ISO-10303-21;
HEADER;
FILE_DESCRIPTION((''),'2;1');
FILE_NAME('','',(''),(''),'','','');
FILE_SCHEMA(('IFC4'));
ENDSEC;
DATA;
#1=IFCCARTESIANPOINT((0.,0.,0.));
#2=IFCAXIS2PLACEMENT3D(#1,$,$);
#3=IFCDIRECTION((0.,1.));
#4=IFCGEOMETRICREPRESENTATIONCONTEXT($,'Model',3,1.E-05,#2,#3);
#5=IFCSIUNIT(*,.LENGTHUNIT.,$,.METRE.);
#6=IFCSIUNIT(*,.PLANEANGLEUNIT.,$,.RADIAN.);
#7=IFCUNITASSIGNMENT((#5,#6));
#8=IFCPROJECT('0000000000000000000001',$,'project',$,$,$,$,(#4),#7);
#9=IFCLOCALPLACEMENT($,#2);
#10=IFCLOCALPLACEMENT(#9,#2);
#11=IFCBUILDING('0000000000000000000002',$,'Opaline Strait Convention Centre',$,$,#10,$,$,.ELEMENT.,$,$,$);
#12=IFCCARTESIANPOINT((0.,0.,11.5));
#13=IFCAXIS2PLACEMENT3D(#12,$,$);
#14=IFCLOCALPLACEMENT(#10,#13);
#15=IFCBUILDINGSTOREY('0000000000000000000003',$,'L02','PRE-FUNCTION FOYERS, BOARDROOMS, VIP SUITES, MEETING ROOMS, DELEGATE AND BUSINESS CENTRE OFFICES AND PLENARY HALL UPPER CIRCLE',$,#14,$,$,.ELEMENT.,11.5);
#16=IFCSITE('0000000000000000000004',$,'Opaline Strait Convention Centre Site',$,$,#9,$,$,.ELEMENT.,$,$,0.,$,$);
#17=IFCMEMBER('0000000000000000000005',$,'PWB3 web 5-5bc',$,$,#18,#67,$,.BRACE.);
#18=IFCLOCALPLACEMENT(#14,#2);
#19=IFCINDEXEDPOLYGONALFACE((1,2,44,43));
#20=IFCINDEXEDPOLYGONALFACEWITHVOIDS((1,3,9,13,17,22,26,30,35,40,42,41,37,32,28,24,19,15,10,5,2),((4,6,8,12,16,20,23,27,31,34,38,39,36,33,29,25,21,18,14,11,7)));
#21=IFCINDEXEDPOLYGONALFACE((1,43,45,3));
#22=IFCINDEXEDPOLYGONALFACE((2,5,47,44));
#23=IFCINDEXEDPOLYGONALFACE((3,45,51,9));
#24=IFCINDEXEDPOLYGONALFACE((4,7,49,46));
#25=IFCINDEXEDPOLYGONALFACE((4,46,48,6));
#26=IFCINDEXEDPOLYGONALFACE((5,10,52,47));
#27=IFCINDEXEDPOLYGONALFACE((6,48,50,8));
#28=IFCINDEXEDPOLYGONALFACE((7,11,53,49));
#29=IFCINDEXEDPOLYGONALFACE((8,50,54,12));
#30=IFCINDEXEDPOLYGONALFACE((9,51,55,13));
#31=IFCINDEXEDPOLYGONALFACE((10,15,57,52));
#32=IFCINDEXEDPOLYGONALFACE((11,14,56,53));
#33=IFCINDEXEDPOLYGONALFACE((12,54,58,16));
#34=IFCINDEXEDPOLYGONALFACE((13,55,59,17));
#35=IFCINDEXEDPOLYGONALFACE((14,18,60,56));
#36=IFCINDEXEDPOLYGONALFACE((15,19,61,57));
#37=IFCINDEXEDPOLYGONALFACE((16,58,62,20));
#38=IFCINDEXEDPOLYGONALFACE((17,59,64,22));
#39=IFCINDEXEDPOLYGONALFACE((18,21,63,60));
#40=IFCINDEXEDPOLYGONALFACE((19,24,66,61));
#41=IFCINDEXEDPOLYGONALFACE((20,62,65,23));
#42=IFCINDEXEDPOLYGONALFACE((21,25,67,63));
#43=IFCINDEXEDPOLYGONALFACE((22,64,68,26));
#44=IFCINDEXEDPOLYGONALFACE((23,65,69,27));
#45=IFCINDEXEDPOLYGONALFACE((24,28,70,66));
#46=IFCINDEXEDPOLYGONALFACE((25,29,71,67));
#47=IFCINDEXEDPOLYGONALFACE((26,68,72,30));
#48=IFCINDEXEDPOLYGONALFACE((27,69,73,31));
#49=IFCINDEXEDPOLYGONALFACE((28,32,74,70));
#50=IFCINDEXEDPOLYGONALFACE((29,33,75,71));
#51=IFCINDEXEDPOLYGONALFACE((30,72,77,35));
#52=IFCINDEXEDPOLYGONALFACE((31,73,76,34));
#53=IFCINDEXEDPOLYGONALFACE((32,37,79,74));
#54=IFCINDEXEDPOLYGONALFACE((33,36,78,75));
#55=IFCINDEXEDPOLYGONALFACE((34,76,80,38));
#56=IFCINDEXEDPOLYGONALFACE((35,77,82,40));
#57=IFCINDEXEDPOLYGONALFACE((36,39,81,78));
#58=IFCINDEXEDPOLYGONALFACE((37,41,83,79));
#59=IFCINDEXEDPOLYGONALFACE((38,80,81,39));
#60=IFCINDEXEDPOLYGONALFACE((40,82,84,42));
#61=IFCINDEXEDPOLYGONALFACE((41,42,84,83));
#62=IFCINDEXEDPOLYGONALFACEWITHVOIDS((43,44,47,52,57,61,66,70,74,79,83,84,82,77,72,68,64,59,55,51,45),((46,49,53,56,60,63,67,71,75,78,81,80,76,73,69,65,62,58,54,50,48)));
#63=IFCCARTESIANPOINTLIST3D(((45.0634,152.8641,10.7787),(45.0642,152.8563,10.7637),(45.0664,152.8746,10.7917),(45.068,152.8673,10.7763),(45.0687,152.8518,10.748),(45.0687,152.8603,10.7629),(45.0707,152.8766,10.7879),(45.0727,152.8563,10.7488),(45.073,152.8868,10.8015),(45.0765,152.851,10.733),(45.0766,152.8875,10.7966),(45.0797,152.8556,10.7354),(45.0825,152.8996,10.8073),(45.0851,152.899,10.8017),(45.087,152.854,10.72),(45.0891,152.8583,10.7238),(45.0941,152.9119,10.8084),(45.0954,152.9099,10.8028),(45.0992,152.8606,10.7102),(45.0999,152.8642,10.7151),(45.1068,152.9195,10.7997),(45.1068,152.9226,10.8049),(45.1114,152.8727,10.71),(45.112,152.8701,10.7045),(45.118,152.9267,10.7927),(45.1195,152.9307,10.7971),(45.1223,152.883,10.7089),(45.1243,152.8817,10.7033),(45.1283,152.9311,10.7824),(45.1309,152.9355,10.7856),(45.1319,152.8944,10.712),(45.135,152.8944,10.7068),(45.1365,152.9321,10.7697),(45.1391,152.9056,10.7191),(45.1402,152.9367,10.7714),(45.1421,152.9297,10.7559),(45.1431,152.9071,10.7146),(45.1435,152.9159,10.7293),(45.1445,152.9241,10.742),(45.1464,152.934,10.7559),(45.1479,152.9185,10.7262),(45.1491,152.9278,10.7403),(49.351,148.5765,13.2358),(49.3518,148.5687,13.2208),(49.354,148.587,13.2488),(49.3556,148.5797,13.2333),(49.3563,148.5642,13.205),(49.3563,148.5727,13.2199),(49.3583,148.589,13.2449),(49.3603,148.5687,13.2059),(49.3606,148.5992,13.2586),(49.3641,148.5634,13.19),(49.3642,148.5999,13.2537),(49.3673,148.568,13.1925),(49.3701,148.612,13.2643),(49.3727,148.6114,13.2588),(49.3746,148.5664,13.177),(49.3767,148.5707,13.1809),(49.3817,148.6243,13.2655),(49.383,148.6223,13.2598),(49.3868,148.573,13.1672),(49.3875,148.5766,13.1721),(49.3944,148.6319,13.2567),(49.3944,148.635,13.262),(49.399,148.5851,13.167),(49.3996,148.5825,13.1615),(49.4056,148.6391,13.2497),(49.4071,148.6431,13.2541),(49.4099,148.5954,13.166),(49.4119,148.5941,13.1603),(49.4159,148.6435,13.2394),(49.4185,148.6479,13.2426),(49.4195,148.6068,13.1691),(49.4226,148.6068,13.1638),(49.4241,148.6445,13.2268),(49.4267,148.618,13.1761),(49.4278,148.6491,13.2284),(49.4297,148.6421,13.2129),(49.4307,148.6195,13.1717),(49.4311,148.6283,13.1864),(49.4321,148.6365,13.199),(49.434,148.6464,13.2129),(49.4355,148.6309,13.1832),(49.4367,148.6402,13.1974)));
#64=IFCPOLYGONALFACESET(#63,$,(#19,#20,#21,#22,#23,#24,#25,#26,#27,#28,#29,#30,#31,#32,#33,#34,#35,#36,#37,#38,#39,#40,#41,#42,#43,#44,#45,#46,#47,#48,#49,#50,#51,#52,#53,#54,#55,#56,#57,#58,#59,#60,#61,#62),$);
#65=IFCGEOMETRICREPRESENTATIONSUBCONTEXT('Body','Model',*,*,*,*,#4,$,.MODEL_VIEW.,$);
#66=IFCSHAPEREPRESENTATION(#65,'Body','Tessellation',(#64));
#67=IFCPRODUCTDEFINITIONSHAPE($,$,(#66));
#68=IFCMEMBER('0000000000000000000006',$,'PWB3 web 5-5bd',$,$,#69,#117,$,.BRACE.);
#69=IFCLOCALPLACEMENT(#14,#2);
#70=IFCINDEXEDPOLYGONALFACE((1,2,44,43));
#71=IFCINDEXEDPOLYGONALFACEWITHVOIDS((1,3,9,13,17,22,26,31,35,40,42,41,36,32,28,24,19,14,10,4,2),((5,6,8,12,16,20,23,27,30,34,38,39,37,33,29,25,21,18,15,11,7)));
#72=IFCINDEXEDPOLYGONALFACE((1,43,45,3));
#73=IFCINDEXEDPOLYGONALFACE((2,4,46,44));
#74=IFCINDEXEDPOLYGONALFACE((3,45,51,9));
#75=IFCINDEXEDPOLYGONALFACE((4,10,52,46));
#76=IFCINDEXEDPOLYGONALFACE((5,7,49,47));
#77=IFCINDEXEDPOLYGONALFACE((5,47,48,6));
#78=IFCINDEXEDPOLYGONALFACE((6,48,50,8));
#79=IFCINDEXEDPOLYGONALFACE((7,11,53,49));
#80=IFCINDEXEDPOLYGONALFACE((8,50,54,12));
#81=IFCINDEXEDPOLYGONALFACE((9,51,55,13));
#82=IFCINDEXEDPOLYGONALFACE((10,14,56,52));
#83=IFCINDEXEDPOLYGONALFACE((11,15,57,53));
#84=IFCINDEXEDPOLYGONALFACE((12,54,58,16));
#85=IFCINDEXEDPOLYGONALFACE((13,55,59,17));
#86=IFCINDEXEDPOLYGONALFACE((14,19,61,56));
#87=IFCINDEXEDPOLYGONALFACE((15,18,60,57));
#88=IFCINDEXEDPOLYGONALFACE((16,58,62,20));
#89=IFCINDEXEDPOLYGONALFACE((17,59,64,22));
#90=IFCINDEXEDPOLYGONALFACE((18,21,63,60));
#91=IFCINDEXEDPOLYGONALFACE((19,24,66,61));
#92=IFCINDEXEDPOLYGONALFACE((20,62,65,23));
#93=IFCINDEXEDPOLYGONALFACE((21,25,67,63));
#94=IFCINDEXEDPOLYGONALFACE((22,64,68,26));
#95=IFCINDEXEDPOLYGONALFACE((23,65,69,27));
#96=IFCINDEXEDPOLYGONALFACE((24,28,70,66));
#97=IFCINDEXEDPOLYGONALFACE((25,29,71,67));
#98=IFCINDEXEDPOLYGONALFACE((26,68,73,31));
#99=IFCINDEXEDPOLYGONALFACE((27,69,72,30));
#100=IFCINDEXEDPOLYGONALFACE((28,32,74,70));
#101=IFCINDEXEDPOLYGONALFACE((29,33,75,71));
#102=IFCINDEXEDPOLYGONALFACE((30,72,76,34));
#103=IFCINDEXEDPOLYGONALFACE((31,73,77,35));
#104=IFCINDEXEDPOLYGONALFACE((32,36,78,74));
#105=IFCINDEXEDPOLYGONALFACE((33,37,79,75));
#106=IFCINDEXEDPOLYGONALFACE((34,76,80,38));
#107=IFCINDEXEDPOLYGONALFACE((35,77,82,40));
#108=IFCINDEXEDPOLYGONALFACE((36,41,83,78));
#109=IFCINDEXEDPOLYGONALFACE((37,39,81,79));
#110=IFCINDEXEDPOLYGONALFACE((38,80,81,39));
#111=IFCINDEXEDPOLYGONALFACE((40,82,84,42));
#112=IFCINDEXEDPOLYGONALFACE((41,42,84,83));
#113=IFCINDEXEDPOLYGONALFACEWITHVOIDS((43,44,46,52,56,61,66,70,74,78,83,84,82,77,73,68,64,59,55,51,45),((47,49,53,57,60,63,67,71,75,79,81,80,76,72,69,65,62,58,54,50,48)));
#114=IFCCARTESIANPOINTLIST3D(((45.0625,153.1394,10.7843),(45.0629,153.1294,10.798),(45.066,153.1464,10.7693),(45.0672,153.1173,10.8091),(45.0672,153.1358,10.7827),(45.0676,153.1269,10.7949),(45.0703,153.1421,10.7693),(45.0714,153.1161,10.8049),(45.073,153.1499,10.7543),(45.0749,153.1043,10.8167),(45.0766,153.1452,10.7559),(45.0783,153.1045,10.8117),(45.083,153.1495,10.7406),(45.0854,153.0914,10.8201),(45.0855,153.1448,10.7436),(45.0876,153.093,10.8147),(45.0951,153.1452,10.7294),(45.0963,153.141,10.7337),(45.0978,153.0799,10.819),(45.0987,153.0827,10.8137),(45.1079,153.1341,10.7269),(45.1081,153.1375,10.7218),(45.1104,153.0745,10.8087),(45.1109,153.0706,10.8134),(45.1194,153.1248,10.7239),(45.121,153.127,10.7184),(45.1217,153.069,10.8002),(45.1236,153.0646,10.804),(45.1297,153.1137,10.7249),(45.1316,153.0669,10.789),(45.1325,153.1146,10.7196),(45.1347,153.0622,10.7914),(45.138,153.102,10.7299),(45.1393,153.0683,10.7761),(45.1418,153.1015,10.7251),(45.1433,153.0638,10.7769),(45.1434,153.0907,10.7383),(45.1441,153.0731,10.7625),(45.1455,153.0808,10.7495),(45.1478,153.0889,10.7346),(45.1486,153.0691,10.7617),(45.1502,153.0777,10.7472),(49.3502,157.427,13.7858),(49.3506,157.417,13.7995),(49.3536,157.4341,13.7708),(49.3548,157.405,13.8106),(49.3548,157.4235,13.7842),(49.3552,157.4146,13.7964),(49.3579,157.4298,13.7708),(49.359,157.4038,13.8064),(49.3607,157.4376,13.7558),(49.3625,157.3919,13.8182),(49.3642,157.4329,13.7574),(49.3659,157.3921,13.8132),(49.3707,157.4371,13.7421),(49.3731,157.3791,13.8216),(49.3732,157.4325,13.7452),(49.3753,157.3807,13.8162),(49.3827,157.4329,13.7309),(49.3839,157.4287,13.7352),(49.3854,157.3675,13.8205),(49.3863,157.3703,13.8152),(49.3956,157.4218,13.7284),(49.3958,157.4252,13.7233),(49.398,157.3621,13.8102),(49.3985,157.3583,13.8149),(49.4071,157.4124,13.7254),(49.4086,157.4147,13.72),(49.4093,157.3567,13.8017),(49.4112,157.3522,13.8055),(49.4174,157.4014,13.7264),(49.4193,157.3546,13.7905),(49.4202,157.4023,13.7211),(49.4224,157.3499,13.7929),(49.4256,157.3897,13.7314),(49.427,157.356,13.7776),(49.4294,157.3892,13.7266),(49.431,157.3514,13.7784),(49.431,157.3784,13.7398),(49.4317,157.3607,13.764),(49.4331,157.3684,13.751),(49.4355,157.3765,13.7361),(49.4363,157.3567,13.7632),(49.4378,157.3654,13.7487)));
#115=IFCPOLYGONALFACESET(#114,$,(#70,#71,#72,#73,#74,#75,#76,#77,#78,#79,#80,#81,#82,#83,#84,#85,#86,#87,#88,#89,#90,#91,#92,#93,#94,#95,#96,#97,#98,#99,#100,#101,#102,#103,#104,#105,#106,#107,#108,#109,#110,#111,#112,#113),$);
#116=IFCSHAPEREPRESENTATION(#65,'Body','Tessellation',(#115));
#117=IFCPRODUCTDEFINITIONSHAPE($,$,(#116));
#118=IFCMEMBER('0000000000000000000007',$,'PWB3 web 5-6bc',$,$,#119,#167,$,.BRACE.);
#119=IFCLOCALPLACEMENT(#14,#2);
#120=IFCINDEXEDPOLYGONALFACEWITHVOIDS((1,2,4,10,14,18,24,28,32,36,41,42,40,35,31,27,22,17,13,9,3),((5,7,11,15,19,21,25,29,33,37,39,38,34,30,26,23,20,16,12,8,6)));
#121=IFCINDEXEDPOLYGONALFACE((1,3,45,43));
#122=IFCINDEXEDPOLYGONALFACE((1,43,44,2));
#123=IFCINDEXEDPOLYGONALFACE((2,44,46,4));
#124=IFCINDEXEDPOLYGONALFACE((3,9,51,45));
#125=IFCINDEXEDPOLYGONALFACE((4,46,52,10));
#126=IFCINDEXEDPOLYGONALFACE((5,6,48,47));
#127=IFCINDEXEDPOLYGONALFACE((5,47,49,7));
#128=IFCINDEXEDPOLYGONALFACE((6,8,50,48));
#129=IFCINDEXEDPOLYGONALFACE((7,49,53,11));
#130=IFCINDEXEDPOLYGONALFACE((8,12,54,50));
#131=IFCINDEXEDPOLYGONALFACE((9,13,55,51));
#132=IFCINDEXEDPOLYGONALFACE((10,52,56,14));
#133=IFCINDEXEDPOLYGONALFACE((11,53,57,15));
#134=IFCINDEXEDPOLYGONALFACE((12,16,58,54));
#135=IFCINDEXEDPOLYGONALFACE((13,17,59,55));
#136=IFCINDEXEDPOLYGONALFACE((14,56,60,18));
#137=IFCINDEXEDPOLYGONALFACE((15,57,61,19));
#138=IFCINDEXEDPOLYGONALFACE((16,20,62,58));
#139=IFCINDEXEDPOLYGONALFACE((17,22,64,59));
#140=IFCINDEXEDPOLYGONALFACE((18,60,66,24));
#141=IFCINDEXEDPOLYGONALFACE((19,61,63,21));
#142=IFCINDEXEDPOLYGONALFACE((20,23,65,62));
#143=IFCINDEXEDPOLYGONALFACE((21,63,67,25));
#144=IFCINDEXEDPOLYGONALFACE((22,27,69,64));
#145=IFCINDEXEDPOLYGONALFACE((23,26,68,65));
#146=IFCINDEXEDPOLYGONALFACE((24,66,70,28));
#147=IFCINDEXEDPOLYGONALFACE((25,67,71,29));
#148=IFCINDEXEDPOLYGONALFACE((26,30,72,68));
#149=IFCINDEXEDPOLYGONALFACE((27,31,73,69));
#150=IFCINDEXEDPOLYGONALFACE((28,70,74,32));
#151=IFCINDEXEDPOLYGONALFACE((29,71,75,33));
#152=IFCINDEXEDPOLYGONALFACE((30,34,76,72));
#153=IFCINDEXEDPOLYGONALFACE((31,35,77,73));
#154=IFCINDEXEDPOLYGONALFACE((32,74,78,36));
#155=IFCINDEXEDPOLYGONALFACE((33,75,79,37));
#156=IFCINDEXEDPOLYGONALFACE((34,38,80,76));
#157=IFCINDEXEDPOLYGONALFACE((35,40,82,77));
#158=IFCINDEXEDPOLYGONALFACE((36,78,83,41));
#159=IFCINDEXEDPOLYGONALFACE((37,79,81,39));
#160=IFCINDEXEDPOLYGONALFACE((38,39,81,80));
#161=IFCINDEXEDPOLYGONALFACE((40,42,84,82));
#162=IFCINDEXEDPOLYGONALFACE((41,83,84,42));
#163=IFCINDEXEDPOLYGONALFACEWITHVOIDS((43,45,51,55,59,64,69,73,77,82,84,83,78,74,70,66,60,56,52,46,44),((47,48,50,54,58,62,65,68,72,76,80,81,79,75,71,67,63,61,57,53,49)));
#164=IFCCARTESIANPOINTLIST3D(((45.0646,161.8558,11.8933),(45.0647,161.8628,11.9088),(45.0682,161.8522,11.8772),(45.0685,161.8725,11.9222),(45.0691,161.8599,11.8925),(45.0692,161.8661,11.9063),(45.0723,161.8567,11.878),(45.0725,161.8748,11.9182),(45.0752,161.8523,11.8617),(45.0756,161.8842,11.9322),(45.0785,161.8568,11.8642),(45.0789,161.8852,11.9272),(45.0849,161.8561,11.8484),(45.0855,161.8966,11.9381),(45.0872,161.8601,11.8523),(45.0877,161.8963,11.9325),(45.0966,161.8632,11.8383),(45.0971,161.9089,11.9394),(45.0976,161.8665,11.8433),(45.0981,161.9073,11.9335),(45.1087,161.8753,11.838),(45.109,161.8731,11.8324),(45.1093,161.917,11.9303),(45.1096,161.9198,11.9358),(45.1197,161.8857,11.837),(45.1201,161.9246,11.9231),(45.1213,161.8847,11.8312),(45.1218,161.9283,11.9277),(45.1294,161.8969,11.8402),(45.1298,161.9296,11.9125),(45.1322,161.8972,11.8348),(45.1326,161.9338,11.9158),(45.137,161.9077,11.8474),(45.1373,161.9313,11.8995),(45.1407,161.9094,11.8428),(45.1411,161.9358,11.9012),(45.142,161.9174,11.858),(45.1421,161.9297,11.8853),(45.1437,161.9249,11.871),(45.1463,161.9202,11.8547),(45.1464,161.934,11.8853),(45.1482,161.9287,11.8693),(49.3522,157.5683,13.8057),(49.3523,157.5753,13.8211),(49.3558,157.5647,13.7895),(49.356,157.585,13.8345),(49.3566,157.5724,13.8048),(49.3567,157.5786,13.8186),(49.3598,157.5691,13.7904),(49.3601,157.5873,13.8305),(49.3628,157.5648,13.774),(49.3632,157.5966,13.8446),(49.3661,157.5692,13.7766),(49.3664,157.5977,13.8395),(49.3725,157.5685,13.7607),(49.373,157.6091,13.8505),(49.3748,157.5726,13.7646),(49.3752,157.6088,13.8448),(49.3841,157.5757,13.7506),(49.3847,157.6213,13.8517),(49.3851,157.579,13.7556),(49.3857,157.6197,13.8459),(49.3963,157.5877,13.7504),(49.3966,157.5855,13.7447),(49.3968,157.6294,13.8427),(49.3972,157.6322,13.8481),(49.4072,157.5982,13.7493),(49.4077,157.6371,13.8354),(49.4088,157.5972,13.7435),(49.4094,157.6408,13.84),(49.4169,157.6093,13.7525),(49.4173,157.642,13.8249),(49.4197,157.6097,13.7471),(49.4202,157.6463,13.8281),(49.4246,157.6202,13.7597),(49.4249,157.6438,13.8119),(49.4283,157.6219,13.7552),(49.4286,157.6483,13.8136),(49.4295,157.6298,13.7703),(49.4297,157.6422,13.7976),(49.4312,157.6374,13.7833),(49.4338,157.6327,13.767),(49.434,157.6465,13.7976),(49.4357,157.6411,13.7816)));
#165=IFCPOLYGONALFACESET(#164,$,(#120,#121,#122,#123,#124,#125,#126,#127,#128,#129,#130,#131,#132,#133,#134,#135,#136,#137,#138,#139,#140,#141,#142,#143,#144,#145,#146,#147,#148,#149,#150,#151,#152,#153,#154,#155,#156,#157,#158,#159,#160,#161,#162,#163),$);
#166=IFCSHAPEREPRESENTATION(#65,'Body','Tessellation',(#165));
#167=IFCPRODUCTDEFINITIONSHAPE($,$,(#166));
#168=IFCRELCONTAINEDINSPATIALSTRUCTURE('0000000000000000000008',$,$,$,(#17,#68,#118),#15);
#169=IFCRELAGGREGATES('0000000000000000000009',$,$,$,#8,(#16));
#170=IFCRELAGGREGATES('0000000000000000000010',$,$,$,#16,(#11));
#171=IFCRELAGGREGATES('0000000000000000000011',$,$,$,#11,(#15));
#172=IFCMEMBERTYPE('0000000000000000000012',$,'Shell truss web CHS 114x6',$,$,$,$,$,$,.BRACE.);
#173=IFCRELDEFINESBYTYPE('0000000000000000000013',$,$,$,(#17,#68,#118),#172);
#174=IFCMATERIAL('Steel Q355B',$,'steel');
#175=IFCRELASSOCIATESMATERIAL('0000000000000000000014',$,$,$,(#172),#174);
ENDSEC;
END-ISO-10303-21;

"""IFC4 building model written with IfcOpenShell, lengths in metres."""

from ifc_helpers import new_model, si_unit, direction, frame, origin, origin_2d, place, context, subcontext, project, spatial, hollow_circle, extrude, material, material_profile, profile_set, type_object, element, save


model = new_model("IFC4")

# Units and contexts
model_context = context("Model", 3, precision=1e-05, world=origin(), true_north=direction((0.0, 1.0)))
body_context = subcontext(model_context, "Body", "Model", "MODEL_VIEW")
ifc_project = project(units=[si_unit("LENGTHUNIT", "METRE"), si_unit("PLANEANGLEUNIT", "RADIAN")], contexts=[model_context])

# Site, building, storey
site_placement = place(None, origin())
site = spatial("IfcSite", under=ifc_project, at=site_placement, Name="Opaline Strait Convention Centre Site", CompositionType="ELEMENT", RefElevation=0.0)
building_placement = place(site_placement, origin())
building = spatial("IfcBuilding", under=site, at=building_placement, Name="Opaline Strait Convention Centre", CompositionType="ELEMENT")
storey_placement = place(building_placement, frame((0.0, 0.0, 11.5)))
storey = spatial("IfcBuildingStorey", under=building, at=storey_placement, Name="L02", Description="PRE-FUNCTION FOYERS, BOARDROOMS, VIP SUITES, MEETING ROOMS, DELEGATE AND BUSINESS CENTRE OFFICES AND PLENARY HALL UPPER CIRCLE", CompositionType="ELEMENT", Elevation=11.5)

# Members
ifc_material_1 = material(Name="Steel Q355B", Category="steel")
ifc_material_profile_1 = material_profile(ifc_material_1, hollow_circle(Radius=0.0569, WallThickness=0.0061, at=origin_2d()), Name="CHS 114x6")
ifc_profile_set_1 = profile_set([ifc_material_profile_1], Name="Steel Q355B")
member_type_1 = type_object("IfcMemberType", Name="Shell truss web CHS 114x6", PredefinedType="BRACE", material=ifc_profile_set_1)
member_1_placement = place(storey_placement, frame((45.1062, 152.8938, 10.7559), z_axis=(0.655348, -0.655348, 0.375551), x_axis=(0.707107, 0.707107, 0.0)))
element("IfcMember", 1, at=member_1_placement, inside=storey, type_object=member_type_1, Name="PWB3 web 5-5bc", PredefinedType="BRACE", context=body_context, shape_type="SweptSolid", body=[
    extrude(hollow_circle(Radius=0.0569, WallThickness=0.0061, at=origin_2d()), origin(), (0.0, 0.0, 1.0), 6.5425),
])
member_2_placement = place(storey_placement, frame((45.1062, 153.1062, 10.7693), z_axis=(0.633718, 0.633718, 0.443624), x_axis=(-0.707107, 0.707107, 0.0)))
element("IfcMember", 2, at=member_2_placement, inside=storey, type_object=member_type_1, Name="PWB3 web 5-5bd", PredefinedType="BRACE", context=body_context, shape_type="SweptSolid", body=[
    extrude(hollow_circle(Radius=0.0569, WallThickness=0.0061, at=origin_2d()), origin(), (0.0, 0.0, 1.0), 6.7659),
])
member_3_placement = place(storey_placement, frame((45.1062, 161.8938, 11.8853), z_axis=(0.674363, -0.674363, 0.300779), x_axis=(0.707107, 0.707107, 0.0)))
element("IfcMember", 3, at=member_3_placement, inside=storey, type_object=member_type_1, Name="PWB3 web 5-6bc", PredefinedType="BRACE", context=body_context, shape_type="SweptSolid", body=[
    extrude(hollow_circle(Radius=0.0569, WallThickness=0.0061, at=origin_2d()), origin(), (0.0, 0.0, 1.0), 6.3579),
])

save(model, "model.ifc")
